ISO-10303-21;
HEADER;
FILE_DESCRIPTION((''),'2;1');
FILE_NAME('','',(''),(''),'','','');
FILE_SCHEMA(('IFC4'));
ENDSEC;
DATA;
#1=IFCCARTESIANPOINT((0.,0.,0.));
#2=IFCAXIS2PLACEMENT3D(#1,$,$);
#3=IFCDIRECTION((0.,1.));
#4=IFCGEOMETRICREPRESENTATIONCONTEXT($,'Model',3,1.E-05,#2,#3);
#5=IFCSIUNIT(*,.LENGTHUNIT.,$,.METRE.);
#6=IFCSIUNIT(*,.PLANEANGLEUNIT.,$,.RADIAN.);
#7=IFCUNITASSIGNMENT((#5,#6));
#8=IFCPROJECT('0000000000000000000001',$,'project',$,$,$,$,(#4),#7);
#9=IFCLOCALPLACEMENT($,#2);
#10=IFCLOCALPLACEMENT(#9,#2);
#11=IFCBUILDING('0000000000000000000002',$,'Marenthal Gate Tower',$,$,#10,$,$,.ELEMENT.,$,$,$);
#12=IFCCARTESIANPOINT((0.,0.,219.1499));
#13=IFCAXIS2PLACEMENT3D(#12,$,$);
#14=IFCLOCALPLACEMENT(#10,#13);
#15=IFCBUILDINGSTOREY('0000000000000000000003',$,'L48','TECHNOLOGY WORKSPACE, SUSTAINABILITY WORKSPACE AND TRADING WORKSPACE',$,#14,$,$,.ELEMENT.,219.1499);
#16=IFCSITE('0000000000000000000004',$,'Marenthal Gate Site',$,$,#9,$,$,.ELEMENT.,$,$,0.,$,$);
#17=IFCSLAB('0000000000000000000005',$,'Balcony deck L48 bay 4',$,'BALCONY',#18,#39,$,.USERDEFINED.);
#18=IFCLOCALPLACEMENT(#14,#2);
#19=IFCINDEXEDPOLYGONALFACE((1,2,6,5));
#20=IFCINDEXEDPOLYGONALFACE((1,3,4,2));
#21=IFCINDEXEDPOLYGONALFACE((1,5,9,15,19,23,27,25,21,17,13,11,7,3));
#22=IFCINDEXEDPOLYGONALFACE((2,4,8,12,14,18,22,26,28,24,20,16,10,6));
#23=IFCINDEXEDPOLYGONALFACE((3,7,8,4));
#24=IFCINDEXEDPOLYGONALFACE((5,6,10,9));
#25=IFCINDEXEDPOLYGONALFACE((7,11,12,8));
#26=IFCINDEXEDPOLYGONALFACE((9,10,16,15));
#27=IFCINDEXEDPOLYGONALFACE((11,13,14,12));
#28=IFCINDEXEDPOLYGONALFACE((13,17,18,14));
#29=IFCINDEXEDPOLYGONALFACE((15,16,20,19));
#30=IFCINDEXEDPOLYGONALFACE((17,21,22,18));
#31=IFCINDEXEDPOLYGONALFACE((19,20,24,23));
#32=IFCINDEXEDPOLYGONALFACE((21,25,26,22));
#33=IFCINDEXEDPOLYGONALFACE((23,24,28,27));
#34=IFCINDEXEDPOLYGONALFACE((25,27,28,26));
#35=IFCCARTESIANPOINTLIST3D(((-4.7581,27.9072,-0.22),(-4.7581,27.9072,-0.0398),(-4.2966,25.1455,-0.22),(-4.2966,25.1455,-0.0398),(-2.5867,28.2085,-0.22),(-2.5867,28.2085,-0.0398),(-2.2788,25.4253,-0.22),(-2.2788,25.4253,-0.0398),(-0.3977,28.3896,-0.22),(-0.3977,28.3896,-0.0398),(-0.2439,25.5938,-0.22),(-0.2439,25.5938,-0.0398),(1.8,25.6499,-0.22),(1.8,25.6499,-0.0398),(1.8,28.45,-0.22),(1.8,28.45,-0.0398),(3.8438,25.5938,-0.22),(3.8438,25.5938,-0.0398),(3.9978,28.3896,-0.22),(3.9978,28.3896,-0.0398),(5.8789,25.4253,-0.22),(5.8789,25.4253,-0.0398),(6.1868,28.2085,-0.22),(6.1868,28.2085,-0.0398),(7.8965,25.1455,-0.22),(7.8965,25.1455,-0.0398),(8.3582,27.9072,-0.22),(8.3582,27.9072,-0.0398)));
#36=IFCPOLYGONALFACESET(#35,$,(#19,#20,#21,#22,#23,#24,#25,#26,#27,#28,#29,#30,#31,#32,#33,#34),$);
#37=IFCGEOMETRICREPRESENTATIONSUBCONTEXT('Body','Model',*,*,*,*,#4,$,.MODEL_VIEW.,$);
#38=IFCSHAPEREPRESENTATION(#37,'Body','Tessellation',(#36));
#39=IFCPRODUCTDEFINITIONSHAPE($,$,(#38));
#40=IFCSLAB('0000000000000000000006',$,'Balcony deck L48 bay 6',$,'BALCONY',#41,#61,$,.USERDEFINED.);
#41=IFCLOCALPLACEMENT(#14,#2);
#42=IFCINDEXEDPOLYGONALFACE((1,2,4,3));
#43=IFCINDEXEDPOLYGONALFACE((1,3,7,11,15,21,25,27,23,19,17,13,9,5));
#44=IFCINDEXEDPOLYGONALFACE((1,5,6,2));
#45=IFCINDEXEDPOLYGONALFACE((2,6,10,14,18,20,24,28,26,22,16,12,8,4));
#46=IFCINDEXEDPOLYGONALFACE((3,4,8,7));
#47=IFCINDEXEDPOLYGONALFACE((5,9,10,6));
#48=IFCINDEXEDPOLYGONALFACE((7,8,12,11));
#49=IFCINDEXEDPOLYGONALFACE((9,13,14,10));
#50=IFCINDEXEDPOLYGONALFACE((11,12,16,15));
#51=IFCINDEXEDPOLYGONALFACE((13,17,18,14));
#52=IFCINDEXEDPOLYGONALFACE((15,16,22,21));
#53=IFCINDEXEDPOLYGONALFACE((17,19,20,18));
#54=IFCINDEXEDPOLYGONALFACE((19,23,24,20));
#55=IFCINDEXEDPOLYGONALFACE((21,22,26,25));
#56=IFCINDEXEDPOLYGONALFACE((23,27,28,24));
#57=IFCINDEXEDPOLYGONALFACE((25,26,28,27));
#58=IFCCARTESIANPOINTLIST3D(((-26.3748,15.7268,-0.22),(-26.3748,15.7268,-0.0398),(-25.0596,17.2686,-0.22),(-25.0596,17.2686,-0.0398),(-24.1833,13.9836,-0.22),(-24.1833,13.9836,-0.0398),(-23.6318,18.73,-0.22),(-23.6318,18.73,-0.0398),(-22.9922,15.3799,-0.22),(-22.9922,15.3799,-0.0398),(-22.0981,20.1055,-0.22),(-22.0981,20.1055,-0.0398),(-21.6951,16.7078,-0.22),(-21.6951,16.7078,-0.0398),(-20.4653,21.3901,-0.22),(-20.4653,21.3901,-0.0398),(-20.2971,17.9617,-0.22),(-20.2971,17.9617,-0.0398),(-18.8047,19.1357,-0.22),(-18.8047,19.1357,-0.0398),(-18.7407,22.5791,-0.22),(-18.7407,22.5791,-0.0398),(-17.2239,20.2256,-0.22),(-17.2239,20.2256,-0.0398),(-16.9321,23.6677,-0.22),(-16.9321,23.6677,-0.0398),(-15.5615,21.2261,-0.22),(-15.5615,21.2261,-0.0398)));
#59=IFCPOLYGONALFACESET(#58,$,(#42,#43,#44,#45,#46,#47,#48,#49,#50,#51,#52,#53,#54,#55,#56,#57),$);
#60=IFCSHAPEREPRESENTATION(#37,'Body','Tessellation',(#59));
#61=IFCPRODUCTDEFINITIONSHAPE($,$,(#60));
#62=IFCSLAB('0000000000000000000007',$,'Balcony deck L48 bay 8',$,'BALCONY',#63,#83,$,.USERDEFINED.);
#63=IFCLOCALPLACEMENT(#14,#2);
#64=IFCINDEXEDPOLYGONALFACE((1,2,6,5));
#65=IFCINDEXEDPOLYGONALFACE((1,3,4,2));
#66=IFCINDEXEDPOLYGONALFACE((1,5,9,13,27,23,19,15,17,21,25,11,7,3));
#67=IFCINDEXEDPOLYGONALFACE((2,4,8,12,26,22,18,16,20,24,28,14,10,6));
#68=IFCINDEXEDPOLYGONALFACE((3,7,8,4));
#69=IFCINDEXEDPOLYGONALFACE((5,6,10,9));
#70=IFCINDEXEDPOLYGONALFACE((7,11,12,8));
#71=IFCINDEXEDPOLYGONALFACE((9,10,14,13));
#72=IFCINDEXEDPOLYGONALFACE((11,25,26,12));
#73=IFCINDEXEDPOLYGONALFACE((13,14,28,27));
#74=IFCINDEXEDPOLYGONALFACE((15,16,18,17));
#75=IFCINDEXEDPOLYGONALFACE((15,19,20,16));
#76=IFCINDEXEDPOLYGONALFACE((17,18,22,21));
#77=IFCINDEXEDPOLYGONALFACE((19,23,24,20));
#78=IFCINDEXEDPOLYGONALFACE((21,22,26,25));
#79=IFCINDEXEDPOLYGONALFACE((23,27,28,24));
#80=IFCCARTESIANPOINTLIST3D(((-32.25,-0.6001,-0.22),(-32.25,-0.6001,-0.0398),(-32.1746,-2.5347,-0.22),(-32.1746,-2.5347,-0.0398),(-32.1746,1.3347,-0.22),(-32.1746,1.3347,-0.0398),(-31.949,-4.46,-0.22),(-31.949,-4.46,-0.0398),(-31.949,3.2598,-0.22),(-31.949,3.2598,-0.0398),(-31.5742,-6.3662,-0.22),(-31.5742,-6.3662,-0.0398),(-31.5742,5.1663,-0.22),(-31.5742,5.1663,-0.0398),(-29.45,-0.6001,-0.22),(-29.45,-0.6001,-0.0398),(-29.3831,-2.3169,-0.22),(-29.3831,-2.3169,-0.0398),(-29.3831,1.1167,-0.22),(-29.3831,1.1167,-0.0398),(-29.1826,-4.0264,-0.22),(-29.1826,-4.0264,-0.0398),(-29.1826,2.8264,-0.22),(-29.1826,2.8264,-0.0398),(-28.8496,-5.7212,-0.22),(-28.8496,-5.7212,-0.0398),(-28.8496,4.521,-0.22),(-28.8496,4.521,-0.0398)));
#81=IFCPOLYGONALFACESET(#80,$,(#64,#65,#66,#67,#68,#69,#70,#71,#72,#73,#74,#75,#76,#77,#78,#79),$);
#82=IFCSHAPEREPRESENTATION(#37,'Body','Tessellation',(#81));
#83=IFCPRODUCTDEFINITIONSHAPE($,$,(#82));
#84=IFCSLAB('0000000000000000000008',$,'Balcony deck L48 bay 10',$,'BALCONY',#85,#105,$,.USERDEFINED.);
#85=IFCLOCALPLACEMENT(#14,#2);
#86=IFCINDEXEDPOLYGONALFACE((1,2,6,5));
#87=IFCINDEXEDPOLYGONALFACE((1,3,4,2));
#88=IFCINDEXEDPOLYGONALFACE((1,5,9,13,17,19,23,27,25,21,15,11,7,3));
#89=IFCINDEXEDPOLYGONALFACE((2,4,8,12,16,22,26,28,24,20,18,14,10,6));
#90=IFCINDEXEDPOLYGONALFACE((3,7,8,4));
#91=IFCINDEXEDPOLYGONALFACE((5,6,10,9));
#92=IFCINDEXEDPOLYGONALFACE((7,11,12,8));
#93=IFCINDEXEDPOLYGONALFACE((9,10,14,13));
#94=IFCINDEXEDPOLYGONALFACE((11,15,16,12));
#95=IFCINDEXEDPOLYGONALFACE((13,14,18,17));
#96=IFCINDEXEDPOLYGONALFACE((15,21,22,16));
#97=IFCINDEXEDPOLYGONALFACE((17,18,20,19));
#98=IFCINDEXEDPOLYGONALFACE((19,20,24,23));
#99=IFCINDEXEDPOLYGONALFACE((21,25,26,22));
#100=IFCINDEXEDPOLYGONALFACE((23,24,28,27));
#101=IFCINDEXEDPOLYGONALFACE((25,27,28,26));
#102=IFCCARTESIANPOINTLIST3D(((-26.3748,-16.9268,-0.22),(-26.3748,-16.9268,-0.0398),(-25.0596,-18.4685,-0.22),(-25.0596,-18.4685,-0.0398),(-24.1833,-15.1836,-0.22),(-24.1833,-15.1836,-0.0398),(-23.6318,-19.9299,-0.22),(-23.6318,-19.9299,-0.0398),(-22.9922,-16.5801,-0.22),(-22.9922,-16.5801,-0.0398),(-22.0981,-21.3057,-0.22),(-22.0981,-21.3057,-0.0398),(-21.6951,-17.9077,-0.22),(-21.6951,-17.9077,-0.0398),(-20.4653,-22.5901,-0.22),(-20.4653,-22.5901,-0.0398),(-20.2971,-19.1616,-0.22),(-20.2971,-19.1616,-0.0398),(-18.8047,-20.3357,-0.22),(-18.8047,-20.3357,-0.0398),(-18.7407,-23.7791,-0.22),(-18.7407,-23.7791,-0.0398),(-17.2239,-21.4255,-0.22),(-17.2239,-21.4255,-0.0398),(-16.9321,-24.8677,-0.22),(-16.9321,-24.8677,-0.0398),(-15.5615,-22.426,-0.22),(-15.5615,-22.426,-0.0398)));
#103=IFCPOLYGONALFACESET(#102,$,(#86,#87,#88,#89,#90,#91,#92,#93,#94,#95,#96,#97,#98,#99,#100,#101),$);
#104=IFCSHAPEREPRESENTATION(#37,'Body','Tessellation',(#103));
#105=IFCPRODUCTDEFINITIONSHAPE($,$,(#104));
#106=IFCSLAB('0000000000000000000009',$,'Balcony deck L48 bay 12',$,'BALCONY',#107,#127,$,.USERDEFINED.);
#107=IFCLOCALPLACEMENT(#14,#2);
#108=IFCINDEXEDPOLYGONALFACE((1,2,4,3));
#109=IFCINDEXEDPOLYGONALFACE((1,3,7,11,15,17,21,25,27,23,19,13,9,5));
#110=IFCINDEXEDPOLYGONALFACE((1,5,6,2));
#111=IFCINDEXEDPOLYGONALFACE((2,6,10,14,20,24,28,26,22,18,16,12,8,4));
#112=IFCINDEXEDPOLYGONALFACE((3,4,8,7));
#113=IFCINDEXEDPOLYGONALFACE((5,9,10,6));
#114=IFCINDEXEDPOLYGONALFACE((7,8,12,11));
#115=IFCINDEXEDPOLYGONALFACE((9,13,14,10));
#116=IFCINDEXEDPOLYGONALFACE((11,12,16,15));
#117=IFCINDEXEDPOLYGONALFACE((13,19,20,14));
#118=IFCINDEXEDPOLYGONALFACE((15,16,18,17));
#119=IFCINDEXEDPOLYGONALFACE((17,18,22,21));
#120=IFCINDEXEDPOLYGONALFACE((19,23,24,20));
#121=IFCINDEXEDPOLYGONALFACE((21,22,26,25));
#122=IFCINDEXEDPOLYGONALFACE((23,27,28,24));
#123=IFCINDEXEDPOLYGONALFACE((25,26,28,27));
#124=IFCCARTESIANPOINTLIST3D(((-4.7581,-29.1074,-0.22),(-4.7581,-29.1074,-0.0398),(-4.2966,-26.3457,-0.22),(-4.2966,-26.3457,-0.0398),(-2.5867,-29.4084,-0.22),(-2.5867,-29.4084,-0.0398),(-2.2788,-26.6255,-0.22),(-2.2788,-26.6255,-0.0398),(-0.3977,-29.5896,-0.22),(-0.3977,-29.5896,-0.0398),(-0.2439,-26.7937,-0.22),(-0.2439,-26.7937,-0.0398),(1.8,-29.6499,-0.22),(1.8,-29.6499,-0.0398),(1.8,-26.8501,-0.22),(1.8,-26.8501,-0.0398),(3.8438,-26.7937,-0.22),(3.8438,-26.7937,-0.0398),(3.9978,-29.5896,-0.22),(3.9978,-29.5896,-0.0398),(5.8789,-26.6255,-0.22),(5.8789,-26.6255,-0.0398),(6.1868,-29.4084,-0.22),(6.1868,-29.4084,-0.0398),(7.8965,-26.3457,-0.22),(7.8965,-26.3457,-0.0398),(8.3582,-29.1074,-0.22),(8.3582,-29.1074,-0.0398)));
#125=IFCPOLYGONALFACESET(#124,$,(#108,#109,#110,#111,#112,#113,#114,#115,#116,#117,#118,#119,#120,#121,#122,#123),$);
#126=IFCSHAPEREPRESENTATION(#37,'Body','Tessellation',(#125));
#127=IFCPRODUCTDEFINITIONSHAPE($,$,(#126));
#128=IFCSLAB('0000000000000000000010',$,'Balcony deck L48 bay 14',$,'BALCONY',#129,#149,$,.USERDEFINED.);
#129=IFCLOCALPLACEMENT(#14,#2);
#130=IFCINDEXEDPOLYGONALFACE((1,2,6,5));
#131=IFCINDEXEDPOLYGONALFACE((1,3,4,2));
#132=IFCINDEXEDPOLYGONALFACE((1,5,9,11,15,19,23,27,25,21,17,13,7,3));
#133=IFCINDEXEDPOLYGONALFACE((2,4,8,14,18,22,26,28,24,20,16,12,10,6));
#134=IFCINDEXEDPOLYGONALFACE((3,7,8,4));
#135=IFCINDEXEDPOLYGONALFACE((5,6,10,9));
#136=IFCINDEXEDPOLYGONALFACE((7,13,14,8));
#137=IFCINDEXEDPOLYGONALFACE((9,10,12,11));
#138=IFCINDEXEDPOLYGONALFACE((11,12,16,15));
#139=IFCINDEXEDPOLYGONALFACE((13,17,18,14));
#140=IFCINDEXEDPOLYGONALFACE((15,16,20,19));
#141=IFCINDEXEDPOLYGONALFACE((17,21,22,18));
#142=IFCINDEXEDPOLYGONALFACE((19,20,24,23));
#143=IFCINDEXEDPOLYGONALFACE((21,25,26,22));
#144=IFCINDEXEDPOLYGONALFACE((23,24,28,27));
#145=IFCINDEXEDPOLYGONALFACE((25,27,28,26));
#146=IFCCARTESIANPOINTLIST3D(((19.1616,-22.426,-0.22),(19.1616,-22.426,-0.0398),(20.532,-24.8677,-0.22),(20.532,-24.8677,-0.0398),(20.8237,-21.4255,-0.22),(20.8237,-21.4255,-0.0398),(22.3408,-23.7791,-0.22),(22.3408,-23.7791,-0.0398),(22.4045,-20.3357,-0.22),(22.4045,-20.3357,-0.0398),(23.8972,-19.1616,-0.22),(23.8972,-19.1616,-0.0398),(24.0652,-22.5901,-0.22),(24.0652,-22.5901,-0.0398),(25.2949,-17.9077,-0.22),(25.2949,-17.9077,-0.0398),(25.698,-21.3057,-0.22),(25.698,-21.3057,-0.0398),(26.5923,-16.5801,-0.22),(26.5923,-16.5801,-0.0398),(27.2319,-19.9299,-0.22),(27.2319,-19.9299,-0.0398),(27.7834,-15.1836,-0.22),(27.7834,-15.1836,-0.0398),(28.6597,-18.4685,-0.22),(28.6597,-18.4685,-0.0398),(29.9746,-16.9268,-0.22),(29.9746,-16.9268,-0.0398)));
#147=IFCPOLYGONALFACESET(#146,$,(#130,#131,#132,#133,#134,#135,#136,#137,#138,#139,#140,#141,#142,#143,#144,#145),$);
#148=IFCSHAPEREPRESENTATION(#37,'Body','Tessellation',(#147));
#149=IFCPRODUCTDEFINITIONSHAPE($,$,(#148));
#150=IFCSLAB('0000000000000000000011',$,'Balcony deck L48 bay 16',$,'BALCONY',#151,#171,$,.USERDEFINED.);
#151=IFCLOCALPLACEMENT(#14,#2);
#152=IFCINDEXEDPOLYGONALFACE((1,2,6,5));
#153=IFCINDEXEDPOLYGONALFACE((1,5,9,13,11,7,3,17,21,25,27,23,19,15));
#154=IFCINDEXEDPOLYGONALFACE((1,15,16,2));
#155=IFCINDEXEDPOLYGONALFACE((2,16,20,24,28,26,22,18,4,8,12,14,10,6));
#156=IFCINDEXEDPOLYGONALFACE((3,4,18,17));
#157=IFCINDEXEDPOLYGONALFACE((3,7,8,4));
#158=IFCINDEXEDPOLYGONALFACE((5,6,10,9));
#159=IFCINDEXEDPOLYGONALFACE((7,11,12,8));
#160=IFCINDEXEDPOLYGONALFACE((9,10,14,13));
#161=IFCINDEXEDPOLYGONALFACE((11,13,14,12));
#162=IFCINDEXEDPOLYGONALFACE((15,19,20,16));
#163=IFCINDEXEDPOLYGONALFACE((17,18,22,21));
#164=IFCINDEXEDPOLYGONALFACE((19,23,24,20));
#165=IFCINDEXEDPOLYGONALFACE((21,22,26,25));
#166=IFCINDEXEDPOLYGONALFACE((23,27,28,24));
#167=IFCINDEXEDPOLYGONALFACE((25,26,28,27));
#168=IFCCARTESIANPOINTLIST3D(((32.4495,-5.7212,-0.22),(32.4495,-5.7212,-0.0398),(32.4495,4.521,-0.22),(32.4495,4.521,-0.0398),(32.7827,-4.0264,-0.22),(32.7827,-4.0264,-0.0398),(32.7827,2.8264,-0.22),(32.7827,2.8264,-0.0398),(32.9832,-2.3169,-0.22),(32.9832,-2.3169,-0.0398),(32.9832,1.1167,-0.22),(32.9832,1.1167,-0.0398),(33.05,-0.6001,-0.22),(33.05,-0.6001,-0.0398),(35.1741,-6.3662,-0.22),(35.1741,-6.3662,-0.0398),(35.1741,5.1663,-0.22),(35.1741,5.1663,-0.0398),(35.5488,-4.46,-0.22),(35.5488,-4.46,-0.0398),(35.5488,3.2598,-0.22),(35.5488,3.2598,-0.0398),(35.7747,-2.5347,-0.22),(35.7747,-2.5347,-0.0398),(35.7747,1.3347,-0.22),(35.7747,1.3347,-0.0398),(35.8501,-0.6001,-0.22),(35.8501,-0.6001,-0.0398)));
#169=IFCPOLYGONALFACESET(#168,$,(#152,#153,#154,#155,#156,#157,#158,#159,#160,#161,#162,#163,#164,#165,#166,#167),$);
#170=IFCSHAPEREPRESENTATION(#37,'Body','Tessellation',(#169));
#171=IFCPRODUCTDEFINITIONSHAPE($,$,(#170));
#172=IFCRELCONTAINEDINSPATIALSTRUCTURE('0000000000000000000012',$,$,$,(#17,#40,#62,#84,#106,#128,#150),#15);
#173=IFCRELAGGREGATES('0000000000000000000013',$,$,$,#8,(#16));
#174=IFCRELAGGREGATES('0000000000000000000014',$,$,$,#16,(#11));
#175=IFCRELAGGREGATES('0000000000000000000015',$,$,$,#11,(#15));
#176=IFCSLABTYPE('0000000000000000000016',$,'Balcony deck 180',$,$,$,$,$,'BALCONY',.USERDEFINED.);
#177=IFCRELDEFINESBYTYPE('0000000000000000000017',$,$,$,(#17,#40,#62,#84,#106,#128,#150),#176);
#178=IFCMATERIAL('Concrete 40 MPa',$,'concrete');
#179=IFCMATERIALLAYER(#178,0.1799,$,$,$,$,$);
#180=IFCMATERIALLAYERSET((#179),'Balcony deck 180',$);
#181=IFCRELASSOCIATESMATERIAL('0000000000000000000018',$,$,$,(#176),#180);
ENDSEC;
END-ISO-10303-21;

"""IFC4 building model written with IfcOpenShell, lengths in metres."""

from ifc_helpers import new_model, si_unit, direction, frame, origin, place, context, subcontext, project, spatial, polyline, outline, extrude, material, layer, layer_set, type_object, element, save


model = new_model("IFC4")

# Units and contexts
model_context = context("Model", 3, precision=1e-05, world=origin(), true_north=direction((0.0, 1.0)))
body_context = subcontext(model_context, "Body", "Model", "MODEL_VIEW")
ifc_project = project(units=[si_unit("LENGTHUNIT", "METRE"), si_unit("PLANEANGLEUNIT", "RADIAN")], contexts=[model_context])

# Site, building, storey
site_placement = place(None, origin())
site = spatial("IfcSite", under=ifc_project, at=site_placement, Name="Marenthal Gate Site", CompositionType="ELEMENT", RefElevation=0.0)
building_placement = place(site_placement, origin())
building = spatial("IfcBuilding", under=site, at=building_placement, Name="Marenthal Gate Tower", CompositionType="ELEMENT")
storey_placement = place(building_placement, frame((0.0, 0.0, 219.1499)))
storey = spatial("IfcBuildingStorey", under=building, at=storey_placement, Name="L48", Description="TECHNOLOGY WORKSPACE, SUSTAINABILITY WORKSPACE AND TRADING WORKSPACE", CompositionType="ELEMENT", Elevation=219.1499)

# Slabs
ifc_material_1 = material(Name="Concrete 40 MPa", Category="concrete")
ifc_layer_1 = layer(ifc_material_1, 0.1799)
ifc_layer_set_1 = layer_set([ifc_layer_1], Name="Balcony deck 180")
slab_type = type_object("IfcSlabType", Name="Balcony deck 180", ElementType="BALCONY", PredefinedType="USERDEFINED", material=ifc_layer_set_1)
slab_1_placement = place(storey_placement, frame((0.0, 0.0, -0.22)))
element("IfcSlab", 1, at=slab_1_placement, inside=storey, type_object=slab_type, Name="Balcony deck L48 bay 4", ObjectType="BALCONY", PredefinedType="USERDEFINED", context=body_context, shape_type="SweptSolid", body=[
    extrude(outline(polyline([(7.8965, 25.1455), (5.8789, 25.4253), (3.8438, 25.5938), (1.8, 25.6499), (-0.2439, 25.5938), (-2.2788, 25.4253), (-4.2966, 25.1455), (-4.7581, 27.9072), (-2.5867, 28.2085), (-0.3977, 28.3896), (1.8, 28.45), (3.9978, 28.3896), (6.1868, 28.2085), (8.3582, 27.9072), (7.8965, 25.1455)])), origin(), (0.0, 0.0, 1.0), 0.1802),
])
slab_2_placement = place(storey_placement, frame((0.0, 0.0, -0.22)))
element("IfcSlab", 2, at=slab_2_placement, inside=storey, type_object=slab_type, Name="Balcony deck L48 bay 6", ObjectType="BALCONY", PredefinedType="USERDEFINED", context=body_context, shape_type="SweptSolid", body=[
    extrude(outline(polyline([(-15.5615, 21.2261), (-17.2239, 20.2256), (-18.8047, 19.1357), (-20.2971, 17.9617), (-21.6951, 16.7078), (-22.9922, 15.3799), (-24.1833, 13.9836), (-26.3748, 15.7268), (-25.0596, 17.2686), (-23.6318, 18.73), (-22.0981, 20.1055), (-20.4653, 21.3901), (-18.7407, 22.5791), (-16.9321, 23.6677), (-15.5615, 21.2261)])), origin(), (0.0, 0.0, 1.0), 0.1802),
])
slab_3_placement = place(storey_placement, frame((0.0, 0.0, -0.22)))
element("IfcSlab", 3, at=slab_3_placement, inside=storey, type_object=slab_type, Name="Balcony deck L48 bay 8", ObjectType="BALCONY", PredefinedType="USERDEFINED", context=body_context, shape_type="SweptSolid", body=[
    extrude(outline(polyline([(-28.8496, 4.521), (-29.1826, 2.8264), (-29.3831, 1.1167), (-29.45, -0.6001), (-29.3831, -2.3169), (-29.1826, -4.0264), (-28.8496, -5.7212), (-31.5742, -6.3662), (-31.949, -4.46), (-32.1746, -2.5347), (-32.25, -0.6001), (-32.1746, 1.3347), (-31.949, 3.2598), (-31.5742, 5.1663), (-28.8496, 4.521)])), origin(), (0.0, 0.0, 1.0), 0.1802),
])
slab_4_placement = place(storey_placement, frame((0.0, 0.0, -0.22)))
element("IfcSlab", 4, at=slab_4_placement, inside=storey, type_object=slab_type, Name="Balcony deck L48 bay 10", ObjectType="BALCONY", PredefinedType="USERDEFINED", context=body_context, shape_type="SweptSolid", body=[
    extrude(outline(polyline([(-24.1833, -15.1836), (-22.9922, -16.5801), (-21.6951, -17.9077), (-20.2971, -19.1616), (-18.8047, -20.3357), (-17.2239, -21.4255), (-15.5615, -22.426), (-16.9321, -24.8677), (-18.7407, -23.7791), (-20.4653, -22.5901), (-22.0981, -21.3057), (-23.6318, -19.9299), (-25.0596, -18.4685), (-26.3748, -16.9268), (-24.1833, -15.1836)])), origin(), (0.0, 0.0, 1.0), 0.1802),
])
slab_5_placement = place(storey_placement, frame((0.0, 0.0, -0.22)))
element("IfcSlab", 5, at=slab_5_placement, inside=storey, type_object=slab_type, Name="Balcony deck L48 bay 12", ObjectType="BALCONY", PredefinedType="USERDEFINED", context=body_context, shape_type="SweptSolid", body=[
    extrude(outline(polyline([(-4.2966, -26.3457), (-2.2788, -26.6255), (-0.2439, -26.7937), (1.8, -26.8501), (3.8438, -26.7937), (5.8789, -26.6255), (7.8965, -26.3457), (8.3582, -29.1074), (6.1868, -29.4084), (3.9978, -29.5896), (1.8, -29.6499), (-0.3977, -29.5896), (-2.5867, -29.4084), (-4.7581, -29.1074), (-4.2966, -26.3457)])), origin(), (0.0, 0.0, 1.0), 0.1802),
])
slab_6_placement = place(storey_placement, frame((0.0, 0.0, -0.22)))
element("IfcSlab", 6, at=slab_6_placement, inside=storey, type_object=slab_type, Name="Balcony deck L48 bay 14", ObjectType="BALCONY", PredefinedType="USERDEFINED", context=body_context, shape_type="SweptSolid", body=[
    extrude(outline(polyline([(19.1616, -22.426), (20.8237, -21.4255), (22.4045, -20.3357), (23.8972, -19.1616), (25.2949, -17.9077), (26.5923, -16.5801), (27.7834, -15.1836), (29.9746, -16.9268), (28.6597, -18.4685), (27.2319, -19.9299), (25.698, -21.3057), (24.0652, -22.5901), (22.3408, -23.7791), (20.532, -24.8677), (19.1616, -22.426)])), origin(), (0.0, 0.0, 1.0), 0.1802),
])
slab_7_placement = place(storey_placement, frame((0.0, 0.0, -0.22)))
element("IfcSlab", 7, at=slab_7_placement, inside=storey, type_object=slab_type, Name="Balcony deck L48 bay 16", ObjectType="BALCONY", PredefinedType="USERDEFINED", context=body_context, shape_type="SweptSolid", body=[
    extrude(outline(polyline([(32.4495, -5.7212), (32.7827, -4.0264), (32.9832, -2.3169), (33.05, -0.6001), (32.9832, 1.1167), (32.7827, 2.8264), (32.4495, 4.521), (35.1741, 5.1663), (35.5488, 3.2598), (35.7747, 1.3347), (35.8501, -0.6001), (35.7747, -2.5347), (35.5488, -4.46), (35.1741, -6.3662), (32.4495, -5.7212)])), origin(), (0.0, 0.0, 1.0), 0.1802),
])

save(model, "model.ifc")
